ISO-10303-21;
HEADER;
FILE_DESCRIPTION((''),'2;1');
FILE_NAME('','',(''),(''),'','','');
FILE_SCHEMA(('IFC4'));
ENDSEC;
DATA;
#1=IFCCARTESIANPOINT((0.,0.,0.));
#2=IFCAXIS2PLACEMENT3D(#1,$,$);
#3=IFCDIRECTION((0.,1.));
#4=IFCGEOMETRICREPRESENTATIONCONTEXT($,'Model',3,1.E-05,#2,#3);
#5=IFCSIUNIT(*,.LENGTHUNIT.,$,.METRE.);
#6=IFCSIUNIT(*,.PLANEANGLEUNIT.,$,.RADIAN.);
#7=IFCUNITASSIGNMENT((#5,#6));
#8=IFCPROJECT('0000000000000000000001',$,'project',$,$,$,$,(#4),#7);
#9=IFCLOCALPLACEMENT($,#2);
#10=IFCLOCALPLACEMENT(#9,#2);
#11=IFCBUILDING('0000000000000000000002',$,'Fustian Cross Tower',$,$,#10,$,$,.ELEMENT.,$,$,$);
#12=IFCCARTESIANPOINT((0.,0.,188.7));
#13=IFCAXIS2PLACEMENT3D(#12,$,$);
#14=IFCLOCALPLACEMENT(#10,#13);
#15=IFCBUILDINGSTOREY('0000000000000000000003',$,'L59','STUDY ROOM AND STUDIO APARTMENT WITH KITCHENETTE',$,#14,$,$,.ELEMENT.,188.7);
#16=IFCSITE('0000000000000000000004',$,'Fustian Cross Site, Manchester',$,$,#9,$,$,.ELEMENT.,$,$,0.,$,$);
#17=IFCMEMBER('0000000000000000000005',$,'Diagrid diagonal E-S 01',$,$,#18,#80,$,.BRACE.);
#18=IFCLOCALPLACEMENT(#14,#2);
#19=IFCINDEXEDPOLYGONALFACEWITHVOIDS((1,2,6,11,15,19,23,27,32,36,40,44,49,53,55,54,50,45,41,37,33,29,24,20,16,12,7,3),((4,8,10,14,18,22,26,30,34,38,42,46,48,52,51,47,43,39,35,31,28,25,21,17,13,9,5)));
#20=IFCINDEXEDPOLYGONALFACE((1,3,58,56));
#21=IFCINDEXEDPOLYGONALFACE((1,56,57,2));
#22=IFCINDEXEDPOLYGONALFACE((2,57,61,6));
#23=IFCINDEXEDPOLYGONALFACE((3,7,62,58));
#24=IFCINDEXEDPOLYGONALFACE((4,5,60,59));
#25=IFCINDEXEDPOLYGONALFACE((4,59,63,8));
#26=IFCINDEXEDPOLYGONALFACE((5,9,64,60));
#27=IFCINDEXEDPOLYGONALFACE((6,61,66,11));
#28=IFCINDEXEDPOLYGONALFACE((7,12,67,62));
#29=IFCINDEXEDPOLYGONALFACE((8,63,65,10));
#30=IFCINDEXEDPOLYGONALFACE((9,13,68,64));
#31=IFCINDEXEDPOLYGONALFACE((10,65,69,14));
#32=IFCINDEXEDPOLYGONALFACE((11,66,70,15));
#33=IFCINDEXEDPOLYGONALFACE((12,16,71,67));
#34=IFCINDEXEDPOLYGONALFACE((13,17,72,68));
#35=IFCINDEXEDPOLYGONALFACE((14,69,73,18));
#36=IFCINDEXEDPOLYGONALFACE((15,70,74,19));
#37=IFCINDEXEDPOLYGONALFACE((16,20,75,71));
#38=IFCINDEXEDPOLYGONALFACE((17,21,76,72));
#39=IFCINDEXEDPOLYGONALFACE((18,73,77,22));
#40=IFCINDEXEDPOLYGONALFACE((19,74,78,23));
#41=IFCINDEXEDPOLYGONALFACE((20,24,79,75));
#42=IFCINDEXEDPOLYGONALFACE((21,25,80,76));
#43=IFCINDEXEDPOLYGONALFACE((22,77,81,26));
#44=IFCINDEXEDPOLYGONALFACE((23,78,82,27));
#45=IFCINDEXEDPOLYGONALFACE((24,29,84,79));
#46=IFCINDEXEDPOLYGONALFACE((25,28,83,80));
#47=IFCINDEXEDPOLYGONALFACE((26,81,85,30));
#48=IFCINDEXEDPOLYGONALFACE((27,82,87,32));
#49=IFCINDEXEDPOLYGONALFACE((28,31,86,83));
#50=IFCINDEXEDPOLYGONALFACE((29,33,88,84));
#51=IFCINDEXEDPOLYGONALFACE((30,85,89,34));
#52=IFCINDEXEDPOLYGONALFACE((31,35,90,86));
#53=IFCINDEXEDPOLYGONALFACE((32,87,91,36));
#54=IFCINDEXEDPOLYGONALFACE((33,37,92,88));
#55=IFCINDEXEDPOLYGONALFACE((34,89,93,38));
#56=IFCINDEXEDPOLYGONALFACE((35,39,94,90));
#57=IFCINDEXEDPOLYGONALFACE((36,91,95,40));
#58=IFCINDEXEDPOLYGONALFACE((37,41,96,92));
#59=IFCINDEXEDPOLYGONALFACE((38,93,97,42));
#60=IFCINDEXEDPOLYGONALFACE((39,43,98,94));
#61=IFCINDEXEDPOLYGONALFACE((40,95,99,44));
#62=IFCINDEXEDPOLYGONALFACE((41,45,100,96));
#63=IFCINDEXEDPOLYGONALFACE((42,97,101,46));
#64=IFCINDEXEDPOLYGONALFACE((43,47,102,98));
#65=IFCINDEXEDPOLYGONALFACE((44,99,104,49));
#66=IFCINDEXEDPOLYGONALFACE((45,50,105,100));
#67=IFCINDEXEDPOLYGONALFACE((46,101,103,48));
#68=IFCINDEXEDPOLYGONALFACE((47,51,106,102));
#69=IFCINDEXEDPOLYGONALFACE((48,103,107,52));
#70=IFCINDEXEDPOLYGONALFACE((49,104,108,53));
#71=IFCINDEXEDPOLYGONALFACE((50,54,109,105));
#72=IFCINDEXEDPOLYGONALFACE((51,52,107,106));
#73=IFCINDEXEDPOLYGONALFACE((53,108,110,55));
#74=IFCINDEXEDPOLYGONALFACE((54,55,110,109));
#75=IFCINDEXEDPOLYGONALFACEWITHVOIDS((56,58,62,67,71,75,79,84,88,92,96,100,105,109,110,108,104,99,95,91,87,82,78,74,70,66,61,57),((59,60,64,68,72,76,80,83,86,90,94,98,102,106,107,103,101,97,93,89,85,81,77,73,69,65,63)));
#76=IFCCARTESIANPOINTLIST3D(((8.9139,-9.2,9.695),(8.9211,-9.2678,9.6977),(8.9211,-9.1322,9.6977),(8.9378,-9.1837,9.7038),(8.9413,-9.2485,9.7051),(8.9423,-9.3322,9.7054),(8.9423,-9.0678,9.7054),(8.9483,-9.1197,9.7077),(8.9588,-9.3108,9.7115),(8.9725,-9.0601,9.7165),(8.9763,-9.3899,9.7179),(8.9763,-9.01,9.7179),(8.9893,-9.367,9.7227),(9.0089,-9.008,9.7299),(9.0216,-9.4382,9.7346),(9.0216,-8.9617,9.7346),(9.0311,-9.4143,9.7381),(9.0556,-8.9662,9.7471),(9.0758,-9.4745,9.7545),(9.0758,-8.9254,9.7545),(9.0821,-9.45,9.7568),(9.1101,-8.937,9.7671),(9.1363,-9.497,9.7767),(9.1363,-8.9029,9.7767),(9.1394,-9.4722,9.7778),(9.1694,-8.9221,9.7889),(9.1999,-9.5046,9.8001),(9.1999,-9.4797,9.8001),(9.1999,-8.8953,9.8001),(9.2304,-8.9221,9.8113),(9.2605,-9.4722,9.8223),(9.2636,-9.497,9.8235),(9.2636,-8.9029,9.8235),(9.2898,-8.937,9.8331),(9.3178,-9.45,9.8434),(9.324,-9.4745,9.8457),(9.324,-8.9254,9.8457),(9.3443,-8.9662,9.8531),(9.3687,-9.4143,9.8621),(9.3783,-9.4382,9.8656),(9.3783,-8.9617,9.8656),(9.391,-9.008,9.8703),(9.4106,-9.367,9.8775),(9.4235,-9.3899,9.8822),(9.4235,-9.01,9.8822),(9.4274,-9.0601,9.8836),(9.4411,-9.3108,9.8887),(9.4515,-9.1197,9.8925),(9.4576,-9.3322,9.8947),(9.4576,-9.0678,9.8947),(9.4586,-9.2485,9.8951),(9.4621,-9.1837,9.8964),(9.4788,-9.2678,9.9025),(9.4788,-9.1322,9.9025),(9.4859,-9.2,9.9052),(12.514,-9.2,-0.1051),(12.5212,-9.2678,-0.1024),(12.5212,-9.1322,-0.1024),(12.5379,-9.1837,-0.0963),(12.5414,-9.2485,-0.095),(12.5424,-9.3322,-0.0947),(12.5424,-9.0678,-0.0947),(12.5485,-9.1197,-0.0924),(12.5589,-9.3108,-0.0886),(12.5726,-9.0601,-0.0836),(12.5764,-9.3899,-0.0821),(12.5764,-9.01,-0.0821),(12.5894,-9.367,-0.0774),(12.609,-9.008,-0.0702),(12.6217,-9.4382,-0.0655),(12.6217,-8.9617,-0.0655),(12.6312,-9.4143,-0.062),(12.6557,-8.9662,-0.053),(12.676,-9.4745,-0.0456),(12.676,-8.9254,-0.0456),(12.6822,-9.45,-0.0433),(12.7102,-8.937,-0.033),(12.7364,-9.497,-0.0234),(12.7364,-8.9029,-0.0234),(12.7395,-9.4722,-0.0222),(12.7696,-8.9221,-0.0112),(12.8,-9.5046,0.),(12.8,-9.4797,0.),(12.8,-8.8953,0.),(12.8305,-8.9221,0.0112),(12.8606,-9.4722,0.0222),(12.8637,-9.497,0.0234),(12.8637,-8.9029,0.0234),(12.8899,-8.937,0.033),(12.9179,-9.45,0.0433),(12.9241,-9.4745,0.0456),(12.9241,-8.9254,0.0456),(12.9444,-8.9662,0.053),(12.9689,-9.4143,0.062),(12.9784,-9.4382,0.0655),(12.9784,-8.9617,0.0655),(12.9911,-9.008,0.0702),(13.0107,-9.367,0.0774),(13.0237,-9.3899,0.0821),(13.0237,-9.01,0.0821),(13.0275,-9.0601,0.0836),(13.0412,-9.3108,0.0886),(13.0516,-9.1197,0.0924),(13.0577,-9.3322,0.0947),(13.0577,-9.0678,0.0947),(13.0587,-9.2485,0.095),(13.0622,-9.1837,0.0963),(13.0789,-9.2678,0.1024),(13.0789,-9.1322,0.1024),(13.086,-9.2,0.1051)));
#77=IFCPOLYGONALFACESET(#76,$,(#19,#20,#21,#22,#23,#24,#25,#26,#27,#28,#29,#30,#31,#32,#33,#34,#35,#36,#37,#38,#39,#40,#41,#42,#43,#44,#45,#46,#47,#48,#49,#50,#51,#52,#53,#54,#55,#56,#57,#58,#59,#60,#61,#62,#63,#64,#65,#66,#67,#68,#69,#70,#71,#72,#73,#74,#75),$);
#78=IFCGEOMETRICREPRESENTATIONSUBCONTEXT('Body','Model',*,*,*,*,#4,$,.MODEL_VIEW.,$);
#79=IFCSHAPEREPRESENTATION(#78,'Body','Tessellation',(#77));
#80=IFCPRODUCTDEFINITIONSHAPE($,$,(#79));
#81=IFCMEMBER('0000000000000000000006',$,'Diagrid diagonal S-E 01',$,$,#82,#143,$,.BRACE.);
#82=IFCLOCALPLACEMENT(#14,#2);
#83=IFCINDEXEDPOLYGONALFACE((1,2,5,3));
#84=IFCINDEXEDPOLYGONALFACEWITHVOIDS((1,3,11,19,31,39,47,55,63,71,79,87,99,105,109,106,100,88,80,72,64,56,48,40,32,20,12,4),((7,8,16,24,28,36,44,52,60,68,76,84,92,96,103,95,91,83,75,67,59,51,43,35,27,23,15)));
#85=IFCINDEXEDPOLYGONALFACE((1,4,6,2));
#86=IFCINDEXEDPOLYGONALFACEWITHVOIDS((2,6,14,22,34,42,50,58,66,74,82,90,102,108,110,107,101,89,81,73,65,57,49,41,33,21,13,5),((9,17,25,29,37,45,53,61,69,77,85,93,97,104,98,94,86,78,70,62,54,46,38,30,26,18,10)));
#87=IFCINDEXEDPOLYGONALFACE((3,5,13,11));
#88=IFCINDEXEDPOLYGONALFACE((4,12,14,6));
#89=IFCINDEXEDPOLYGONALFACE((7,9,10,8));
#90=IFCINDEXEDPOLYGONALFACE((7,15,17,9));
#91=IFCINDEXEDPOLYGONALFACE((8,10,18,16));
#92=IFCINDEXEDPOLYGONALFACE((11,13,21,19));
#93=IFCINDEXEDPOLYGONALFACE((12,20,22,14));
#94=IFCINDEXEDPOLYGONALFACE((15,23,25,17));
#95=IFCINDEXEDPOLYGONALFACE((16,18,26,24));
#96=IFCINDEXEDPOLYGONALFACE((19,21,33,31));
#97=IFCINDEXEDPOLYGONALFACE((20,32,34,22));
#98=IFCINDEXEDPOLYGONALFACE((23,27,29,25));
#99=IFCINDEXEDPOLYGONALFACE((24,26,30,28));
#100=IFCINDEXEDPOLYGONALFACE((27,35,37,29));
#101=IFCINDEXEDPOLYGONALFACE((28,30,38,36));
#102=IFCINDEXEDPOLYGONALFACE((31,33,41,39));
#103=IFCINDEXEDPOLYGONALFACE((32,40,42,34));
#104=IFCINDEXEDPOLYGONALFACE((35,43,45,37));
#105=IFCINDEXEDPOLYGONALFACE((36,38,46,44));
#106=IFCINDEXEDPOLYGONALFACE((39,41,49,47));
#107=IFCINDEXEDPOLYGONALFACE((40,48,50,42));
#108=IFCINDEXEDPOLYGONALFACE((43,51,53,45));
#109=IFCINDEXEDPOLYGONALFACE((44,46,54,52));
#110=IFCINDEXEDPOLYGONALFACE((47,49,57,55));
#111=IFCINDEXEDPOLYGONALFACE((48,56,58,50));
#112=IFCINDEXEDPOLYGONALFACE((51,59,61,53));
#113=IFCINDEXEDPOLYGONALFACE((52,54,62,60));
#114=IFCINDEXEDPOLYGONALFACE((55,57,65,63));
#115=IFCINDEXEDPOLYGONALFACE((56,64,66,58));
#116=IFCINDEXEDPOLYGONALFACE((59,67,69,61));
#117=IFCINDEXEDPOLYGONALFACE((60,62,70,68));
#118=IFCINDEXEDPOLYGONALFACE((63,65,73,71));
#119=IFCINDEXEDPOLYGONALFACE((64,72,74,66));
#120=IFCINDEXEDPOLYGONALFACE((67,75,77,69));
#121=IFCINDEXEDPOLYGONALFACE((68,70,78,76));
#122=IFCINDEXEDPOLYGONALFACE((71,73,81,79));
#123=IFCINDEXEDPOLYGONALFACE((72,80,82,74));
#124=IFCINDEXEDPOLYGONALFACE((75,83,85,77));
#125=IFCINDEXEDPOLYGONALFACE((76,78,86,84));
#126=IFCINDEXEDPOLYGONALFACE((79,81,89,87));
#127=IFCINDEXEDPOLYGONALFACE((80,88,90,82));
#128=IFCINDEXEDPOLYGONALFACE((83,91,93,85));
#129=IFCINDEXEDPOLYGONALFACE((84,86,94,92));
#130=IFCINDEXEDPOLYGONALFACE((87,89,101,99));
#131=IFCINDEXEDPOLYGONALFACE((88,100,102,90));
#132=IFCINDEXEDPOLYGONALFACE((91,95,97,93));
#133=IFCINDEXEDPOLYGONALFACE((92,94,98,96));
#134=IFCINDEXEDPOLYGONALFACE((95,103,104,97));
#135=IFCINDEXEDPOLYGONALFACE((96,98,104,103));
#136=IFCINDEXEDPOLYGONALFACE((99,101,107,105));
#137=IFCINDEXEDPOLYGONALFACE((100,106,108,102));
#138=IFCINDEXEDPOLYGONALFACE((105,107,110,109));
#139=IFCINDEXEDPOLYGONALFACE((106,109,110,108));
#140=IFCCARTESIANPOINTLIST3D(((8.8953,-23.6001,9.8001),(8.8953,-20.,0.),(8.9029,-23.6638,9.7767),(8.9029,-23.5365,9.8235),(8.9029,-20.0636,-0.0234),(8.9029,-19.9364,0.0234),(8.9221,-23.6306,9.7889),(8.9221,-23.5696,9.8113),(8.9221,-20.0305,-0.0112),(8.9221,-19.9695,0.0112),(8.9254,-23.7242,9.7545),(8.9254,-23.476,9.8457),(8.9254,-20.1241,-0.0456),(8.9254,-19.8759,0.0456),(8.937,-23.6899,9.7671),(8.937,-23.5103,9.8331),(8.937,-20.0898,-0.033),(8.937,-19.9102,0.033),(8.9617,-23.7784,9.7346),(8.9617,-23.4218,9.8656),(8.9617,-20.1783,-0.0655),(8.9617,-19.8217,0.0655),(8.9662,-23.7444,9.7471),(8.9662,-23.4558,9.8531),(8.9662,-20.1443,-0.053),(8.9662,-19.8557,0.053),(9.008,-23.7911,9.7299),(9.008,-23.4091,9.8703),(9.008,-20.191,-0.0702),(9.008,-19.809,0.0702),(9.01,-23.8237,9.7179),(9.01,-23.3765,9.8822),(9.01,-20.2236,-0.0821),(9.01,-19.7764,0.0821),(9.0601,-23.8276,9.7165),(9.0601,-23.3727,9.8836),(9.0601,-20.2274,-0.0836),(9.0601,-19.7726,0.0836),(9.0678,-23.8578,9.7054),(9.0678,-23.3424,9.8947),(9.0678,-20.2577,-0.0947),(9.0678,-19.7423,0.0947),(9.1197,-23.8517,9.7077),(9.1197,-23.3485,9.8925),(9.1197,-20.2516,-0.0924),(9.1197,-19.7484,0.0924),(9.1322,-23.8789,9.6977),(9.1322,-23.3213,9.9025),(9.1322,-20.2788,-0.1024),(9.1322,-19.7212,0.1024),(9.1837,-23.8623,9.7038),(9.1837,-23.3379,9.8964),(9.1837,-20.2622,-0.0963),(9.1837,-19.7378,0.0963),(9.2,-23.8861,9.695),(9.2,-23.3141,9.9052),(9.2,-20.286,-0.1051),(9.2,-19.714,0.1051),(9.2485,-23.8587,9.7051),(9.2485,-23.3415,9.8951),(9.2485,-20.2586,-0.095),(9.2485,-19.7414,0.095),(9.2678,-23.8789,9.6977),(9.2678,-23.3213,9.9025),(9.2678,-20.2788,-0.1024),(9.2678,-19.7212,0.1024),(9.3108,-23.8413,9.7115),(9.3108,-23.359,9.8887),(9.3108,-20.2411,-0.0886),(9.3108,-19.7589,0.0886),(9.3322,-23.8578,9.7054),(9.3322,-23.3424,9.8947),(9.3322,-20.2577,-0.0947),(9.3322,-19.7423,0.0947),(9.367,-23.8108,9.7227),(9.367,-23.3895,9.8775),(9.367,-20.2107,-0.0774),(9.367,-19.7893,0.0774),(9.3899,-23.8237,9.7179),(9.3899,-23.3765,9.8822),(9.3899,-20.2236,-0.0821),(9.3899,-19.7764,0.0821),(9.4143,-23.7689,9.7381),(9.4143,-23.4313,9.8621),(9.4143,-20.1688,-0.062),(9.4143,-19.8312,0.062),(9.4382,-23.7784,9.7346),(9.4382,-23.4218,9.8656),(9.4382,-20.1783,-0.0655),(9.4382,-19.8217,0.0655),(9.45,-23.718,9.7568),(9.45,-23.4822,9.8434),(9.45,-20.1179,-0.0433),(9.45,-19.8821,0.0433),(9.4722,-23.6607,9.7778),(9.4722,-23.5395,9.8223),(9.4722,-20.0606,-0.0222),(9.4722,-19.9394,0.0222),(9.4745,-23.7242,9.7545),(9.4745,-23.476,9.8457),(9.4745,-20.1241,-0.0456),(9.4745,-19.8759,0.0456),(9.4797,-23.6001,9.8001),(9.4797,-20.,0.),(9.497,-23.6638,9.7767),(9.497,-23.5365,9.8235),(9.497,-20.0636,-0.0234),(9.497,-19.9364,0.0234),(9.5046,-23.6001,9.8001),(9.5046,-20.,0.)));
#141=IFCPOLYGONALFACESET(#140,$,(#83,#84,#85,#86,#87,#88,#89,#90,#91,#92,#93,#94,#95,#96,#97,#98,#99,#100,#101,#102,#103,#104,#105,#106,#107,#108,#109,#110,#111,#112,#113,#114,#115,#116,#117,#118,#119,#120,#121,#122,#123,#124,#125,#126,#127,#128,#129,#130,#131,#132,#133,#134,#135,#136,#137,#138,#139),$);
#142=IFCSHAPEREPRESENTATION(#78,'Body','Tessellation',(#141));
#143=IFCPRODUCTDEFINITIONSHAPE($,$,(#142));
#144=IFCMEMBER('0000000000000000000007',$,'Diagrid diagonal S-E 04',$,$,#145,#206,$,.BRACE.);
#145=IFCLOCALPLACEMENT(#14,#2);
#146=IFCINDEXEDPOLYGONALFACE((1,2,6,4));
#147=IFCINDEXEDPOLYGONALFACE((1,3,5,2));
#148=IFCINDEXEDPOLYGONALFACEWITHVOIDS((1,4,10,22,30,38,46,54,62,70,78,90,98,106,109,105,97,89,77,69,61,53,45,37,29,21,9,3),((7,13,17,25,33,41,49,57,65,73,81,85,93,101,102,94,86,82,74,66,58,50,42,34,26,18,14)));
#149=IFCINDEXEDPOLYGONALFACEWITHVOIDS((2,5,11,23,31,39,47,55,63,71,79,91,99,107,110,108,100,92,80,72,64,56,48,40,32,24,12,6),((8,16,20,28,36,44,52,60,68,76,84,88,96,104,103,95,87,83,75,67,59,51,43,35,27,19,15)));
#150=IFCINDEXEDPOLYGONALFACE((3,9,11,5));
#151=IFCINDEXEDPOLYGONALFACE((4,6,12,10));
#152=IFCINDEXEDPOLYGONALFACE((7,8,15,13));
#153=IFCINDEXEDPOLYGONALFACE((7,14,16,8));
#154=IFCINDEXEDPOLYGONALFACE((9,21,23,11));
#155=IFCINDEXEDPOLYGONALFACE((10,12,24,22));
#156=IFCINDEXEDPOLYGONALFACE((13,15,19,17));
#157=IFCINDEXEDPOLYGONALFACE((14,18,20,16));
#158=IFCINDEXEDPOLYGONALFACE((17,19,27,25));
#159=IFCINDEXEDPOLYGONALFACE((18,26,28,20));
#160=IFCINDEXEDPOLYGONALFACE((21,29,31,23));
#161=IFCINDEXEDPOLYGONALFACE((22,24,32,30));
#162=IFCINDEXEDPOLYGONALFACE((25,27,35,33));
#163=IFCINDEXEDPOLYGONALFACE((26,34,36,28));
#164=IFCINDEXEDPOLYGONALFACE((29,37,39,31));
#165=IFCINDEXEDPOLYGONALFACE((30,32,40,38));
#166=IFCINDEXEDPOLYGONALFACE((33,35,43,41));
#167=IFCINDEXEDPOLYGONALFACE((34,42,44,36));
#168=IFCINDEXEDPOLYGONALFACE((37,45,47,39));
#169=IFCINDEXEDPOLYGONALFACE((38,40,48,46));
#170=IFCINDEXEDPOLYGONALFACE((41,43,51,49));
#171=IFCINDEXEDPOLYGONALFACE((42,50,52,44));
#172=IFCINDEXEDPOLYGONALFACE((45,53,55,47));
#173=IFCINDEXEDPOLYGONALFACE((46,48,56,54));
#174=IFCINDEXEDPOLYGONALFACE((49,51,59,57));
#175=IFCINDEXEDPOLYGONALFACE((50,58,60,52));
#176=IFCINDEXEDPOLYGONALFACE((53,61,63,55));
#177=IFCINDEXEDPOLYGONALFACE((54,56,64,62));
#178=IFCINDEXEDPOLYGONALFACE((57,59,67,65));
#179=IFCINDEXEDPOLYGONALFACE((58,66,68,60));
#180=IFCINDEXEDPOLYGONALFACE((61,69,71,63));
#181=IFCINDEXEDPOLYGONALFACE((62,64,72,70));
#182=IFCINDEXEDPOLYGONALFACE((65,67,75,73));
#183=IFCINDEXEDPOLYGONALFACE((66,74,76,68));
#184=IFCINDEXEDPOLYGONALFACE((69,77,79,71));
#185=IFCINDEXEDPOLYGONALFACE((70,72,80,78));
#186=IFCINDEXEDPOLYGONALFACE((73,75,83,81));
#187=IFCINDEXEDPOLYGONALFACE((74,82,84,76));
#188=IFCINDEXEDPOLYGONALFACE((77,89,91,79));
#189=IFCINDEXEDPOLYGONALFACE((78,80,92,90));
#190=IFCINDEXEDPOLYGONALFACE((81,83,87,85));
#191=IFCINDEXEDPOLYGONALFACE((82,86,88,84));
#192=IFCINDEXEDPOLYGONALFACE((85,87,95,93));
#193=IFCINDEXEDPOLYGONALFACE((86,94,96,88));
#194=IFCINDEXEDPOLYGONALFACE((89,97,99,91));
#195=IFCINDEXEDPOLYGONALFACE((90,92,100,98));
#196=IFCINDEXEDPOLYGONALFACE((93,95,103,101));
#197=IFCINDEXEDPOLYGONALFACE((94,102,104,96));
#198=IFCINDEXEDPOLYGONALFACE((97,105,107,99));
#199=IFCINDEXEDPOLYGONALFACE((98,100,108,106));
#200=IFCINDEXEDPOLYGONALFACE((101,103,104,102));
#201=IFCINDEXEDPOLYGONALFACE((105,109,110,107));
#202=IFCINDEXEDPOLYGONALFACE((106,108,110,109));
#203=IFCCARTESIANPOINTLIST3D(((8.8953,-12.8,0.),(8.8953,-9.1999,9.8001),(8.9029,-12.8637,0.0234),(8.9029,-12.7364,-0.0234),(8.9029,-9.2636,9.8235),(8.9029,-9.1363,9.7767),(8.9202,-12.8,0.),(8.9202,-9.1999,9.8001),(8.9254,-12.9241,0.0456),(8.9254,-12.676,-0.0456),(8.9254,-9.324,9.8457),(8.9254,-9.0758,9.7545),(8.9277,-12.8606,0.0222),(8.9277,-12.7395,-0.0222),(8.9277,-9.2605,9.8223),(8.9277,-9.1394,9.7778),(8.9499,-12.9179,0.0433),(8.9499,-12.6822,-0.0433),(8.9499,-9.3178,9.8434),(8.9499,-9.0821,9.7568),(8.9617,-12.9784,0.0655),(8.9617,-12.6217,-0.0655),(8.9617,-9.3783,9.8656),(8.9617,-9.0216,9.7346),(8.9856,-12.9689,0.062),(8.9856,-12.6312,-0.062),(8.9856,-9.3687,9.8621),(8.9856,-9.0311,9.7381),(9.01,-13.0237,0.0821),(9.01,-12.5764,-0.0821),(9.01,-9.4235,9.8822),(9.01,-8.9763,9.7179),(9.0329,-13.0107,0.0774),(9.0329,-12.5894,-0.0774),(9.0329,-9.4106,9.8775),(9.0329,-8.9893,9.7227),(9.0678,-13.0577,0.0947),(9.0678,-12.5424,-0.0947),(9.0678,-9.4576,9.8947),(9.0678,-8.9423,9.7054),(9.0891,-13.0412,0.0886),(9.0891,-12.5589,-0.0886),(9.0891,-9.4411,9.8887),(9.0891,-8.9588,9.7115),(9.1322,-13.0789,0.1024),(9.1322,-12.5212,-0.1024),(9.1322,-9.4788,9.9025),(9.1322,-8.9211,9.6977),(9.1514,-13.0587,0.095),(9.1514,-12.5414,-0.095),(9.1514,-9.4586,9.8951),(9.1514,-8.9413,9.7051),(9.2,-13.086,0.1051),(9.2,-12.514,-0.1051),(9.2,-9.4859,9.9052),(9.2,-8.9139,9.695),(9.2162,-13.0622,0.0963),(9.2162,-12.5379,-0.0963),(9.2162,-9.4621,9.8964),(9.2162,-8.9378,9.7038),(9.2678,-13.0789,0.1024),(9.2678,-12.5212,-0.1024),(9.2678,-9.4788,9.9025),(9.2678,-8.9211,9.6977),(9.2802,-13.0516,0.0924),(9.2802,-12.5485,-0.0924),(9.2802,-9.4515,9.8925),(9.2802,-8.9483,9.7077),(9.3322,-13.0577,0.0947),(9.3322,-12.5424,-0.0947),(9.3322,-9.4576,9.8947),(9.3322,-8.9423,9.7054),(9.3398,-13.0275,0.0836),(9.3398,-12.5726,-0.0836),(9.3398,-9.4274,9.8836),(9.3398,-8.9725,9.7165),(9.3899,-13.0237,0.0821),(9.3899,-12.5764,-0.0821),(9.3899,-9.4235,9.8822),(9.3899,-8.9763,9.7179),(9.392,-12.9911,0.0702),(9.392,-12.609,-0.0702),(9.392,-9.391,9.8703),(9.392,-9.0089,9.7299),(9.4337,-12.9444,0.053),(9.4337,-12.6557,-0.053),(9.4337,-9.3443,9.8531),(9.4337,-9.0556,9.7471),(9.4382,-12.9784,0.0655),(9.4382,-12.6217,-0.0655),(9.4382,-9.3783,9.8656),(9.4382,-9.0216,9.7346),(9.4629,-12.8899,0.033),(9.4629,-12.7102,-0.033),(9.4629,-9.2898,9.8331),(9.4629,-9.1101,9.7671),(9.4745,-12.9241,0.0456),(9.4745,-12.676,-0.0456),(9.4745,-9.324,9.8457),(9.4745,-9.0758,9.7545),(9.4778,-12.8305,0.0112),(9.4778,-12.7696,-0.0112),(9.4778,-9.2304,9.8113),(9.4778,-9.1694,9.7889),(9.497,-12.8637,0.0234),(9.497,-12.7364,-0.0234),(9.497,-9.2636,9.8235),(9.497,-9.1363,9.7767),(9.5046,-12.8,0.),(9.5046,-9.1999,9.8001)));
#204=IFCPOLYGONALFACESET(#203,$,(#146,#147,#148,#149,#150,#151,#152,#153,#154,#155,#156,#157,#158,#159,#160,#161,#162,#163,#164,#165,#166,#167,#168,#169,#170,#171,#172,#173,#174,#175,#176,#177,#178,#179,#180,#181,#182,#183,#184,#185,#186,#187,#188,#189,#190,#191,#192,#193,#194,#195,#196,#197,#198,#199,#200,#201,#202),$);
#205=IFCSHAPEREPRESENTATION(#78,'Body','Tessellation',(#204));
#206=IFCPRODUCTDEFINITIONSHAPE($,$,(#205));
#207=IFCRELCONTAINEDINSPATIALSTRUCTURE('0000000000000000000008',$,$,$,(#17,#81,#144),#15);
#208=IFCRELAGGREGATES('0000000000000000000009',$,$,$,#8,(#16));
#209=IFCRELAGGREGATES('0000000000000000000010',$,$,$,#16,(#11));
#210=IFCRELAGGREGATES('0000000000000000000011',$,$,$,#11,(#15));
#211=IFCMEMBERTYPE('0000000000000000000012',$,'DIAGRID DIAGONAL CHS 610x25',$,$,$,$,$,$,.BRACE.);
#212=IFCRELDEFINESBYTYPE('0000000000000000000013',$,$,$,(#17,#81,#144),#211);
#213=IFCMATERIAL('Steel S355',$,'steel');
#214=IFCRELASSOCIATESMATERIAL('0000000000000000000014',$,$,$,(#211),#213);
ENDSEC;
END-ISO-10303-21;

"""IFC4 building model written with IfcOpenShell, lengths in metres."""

from ifc_helpers import new_model, si_unit, direction, frame, origin, origin_2d, place, context, subcontext, project, spatial, hollow_circle, extrude, material, material_profile, profile_set, type_object, element, save


model = new_model("IFC4")

# Units and contexts
model_context = context("Model", 3, precision=1e-05, world=origin(), true_north=direction((0.0, 1.0)))
body_context = subcontext(model_context, "Body", "Model", "MODEL_VIEW")
ifc_project = project(units=[si_unit("LENGTHUNIT", "METRE"), si_unit("PLANEANGLEUNIT", "RADIAN")], contexts=[model_context])

# Site, building, storey
site_placement = place(None, origin())
site = spatial("IfcSite", under=ifc_project, at=site_placement, Name="Fustian Cross Site, Manchester", CompositionType="ELEMENT", RefElevation=0.0)
building_placement = place(site_placement, origin())
building = spatial("IfcBuilding", under=site, at=building_placement, Name="Fustian Cross Tower", CompositionType="ELEMENT")
storey_placement = place(building_placement, frame((0.0, 0.0, 188.7)))
storey = spatial("IfcBuildingStorey", under=building, at=storey_placement, Name="L59", Description="STUDY ROOM AND STUDIO APARTMENT WITH KITCHENETTE", CompositionType="ELEMENT", Elevation=188.7)

# Members
ifc_material_1 = material(Name="Steel S355", Category="steel")
ifc_material_profile_1 = material_profile(ifc_material_1, hollow_circle(Radius=0.3047, WallThickness=0.0249, at=origin_2d()), Name="CHS 610x25")
ifc_profile_set_1 = profile_set([ifc_material_profile_1], Name="Steel S355")
member_type_1 = type_object("IfcMemberType", Name="DIAGRID DIAGONAL CHS 610x25", PredefinedType="BRACE", material=ifc_profile_set_1)
for number, where, z_axis, x_axis, name in (
    (1, (12.8, -9.2, 0.0), (-0.344824, 0.0, 0.938667), (0.0, -1.0, 0.0), "Diagrid diagonal E-S 01"),
    (2, (9.2, -20.0, 0.0), (0.0, -0.344824, 0.938667), (1.0, 0.0, 0.0), "Diagrid diagonal S-E 01"),
    (3, (9.2, -12.8, 0.0), (0.0, 0.344824, 0.938667), (-1.0, 0.0, 0.0), "Diagrid diagonal S-E 04"),
):
    element("IfcMember", number, at=place(storey_placement, frame(where, z_axis=z_axis, x_axis=x_axis)), inside=storey, type_object=member_type_1, Name=name, PredefinedType="BRACE", context=body_context, shape_type="SweptSolid", body=[
        extrude(hollow_circle(Radius=0.3047, WallThickness=0.0249, at=origin_2d()), origin(), (0.0, 0.0, 1.0), 10.4404),
    ])

save(model, "model.ifc")
